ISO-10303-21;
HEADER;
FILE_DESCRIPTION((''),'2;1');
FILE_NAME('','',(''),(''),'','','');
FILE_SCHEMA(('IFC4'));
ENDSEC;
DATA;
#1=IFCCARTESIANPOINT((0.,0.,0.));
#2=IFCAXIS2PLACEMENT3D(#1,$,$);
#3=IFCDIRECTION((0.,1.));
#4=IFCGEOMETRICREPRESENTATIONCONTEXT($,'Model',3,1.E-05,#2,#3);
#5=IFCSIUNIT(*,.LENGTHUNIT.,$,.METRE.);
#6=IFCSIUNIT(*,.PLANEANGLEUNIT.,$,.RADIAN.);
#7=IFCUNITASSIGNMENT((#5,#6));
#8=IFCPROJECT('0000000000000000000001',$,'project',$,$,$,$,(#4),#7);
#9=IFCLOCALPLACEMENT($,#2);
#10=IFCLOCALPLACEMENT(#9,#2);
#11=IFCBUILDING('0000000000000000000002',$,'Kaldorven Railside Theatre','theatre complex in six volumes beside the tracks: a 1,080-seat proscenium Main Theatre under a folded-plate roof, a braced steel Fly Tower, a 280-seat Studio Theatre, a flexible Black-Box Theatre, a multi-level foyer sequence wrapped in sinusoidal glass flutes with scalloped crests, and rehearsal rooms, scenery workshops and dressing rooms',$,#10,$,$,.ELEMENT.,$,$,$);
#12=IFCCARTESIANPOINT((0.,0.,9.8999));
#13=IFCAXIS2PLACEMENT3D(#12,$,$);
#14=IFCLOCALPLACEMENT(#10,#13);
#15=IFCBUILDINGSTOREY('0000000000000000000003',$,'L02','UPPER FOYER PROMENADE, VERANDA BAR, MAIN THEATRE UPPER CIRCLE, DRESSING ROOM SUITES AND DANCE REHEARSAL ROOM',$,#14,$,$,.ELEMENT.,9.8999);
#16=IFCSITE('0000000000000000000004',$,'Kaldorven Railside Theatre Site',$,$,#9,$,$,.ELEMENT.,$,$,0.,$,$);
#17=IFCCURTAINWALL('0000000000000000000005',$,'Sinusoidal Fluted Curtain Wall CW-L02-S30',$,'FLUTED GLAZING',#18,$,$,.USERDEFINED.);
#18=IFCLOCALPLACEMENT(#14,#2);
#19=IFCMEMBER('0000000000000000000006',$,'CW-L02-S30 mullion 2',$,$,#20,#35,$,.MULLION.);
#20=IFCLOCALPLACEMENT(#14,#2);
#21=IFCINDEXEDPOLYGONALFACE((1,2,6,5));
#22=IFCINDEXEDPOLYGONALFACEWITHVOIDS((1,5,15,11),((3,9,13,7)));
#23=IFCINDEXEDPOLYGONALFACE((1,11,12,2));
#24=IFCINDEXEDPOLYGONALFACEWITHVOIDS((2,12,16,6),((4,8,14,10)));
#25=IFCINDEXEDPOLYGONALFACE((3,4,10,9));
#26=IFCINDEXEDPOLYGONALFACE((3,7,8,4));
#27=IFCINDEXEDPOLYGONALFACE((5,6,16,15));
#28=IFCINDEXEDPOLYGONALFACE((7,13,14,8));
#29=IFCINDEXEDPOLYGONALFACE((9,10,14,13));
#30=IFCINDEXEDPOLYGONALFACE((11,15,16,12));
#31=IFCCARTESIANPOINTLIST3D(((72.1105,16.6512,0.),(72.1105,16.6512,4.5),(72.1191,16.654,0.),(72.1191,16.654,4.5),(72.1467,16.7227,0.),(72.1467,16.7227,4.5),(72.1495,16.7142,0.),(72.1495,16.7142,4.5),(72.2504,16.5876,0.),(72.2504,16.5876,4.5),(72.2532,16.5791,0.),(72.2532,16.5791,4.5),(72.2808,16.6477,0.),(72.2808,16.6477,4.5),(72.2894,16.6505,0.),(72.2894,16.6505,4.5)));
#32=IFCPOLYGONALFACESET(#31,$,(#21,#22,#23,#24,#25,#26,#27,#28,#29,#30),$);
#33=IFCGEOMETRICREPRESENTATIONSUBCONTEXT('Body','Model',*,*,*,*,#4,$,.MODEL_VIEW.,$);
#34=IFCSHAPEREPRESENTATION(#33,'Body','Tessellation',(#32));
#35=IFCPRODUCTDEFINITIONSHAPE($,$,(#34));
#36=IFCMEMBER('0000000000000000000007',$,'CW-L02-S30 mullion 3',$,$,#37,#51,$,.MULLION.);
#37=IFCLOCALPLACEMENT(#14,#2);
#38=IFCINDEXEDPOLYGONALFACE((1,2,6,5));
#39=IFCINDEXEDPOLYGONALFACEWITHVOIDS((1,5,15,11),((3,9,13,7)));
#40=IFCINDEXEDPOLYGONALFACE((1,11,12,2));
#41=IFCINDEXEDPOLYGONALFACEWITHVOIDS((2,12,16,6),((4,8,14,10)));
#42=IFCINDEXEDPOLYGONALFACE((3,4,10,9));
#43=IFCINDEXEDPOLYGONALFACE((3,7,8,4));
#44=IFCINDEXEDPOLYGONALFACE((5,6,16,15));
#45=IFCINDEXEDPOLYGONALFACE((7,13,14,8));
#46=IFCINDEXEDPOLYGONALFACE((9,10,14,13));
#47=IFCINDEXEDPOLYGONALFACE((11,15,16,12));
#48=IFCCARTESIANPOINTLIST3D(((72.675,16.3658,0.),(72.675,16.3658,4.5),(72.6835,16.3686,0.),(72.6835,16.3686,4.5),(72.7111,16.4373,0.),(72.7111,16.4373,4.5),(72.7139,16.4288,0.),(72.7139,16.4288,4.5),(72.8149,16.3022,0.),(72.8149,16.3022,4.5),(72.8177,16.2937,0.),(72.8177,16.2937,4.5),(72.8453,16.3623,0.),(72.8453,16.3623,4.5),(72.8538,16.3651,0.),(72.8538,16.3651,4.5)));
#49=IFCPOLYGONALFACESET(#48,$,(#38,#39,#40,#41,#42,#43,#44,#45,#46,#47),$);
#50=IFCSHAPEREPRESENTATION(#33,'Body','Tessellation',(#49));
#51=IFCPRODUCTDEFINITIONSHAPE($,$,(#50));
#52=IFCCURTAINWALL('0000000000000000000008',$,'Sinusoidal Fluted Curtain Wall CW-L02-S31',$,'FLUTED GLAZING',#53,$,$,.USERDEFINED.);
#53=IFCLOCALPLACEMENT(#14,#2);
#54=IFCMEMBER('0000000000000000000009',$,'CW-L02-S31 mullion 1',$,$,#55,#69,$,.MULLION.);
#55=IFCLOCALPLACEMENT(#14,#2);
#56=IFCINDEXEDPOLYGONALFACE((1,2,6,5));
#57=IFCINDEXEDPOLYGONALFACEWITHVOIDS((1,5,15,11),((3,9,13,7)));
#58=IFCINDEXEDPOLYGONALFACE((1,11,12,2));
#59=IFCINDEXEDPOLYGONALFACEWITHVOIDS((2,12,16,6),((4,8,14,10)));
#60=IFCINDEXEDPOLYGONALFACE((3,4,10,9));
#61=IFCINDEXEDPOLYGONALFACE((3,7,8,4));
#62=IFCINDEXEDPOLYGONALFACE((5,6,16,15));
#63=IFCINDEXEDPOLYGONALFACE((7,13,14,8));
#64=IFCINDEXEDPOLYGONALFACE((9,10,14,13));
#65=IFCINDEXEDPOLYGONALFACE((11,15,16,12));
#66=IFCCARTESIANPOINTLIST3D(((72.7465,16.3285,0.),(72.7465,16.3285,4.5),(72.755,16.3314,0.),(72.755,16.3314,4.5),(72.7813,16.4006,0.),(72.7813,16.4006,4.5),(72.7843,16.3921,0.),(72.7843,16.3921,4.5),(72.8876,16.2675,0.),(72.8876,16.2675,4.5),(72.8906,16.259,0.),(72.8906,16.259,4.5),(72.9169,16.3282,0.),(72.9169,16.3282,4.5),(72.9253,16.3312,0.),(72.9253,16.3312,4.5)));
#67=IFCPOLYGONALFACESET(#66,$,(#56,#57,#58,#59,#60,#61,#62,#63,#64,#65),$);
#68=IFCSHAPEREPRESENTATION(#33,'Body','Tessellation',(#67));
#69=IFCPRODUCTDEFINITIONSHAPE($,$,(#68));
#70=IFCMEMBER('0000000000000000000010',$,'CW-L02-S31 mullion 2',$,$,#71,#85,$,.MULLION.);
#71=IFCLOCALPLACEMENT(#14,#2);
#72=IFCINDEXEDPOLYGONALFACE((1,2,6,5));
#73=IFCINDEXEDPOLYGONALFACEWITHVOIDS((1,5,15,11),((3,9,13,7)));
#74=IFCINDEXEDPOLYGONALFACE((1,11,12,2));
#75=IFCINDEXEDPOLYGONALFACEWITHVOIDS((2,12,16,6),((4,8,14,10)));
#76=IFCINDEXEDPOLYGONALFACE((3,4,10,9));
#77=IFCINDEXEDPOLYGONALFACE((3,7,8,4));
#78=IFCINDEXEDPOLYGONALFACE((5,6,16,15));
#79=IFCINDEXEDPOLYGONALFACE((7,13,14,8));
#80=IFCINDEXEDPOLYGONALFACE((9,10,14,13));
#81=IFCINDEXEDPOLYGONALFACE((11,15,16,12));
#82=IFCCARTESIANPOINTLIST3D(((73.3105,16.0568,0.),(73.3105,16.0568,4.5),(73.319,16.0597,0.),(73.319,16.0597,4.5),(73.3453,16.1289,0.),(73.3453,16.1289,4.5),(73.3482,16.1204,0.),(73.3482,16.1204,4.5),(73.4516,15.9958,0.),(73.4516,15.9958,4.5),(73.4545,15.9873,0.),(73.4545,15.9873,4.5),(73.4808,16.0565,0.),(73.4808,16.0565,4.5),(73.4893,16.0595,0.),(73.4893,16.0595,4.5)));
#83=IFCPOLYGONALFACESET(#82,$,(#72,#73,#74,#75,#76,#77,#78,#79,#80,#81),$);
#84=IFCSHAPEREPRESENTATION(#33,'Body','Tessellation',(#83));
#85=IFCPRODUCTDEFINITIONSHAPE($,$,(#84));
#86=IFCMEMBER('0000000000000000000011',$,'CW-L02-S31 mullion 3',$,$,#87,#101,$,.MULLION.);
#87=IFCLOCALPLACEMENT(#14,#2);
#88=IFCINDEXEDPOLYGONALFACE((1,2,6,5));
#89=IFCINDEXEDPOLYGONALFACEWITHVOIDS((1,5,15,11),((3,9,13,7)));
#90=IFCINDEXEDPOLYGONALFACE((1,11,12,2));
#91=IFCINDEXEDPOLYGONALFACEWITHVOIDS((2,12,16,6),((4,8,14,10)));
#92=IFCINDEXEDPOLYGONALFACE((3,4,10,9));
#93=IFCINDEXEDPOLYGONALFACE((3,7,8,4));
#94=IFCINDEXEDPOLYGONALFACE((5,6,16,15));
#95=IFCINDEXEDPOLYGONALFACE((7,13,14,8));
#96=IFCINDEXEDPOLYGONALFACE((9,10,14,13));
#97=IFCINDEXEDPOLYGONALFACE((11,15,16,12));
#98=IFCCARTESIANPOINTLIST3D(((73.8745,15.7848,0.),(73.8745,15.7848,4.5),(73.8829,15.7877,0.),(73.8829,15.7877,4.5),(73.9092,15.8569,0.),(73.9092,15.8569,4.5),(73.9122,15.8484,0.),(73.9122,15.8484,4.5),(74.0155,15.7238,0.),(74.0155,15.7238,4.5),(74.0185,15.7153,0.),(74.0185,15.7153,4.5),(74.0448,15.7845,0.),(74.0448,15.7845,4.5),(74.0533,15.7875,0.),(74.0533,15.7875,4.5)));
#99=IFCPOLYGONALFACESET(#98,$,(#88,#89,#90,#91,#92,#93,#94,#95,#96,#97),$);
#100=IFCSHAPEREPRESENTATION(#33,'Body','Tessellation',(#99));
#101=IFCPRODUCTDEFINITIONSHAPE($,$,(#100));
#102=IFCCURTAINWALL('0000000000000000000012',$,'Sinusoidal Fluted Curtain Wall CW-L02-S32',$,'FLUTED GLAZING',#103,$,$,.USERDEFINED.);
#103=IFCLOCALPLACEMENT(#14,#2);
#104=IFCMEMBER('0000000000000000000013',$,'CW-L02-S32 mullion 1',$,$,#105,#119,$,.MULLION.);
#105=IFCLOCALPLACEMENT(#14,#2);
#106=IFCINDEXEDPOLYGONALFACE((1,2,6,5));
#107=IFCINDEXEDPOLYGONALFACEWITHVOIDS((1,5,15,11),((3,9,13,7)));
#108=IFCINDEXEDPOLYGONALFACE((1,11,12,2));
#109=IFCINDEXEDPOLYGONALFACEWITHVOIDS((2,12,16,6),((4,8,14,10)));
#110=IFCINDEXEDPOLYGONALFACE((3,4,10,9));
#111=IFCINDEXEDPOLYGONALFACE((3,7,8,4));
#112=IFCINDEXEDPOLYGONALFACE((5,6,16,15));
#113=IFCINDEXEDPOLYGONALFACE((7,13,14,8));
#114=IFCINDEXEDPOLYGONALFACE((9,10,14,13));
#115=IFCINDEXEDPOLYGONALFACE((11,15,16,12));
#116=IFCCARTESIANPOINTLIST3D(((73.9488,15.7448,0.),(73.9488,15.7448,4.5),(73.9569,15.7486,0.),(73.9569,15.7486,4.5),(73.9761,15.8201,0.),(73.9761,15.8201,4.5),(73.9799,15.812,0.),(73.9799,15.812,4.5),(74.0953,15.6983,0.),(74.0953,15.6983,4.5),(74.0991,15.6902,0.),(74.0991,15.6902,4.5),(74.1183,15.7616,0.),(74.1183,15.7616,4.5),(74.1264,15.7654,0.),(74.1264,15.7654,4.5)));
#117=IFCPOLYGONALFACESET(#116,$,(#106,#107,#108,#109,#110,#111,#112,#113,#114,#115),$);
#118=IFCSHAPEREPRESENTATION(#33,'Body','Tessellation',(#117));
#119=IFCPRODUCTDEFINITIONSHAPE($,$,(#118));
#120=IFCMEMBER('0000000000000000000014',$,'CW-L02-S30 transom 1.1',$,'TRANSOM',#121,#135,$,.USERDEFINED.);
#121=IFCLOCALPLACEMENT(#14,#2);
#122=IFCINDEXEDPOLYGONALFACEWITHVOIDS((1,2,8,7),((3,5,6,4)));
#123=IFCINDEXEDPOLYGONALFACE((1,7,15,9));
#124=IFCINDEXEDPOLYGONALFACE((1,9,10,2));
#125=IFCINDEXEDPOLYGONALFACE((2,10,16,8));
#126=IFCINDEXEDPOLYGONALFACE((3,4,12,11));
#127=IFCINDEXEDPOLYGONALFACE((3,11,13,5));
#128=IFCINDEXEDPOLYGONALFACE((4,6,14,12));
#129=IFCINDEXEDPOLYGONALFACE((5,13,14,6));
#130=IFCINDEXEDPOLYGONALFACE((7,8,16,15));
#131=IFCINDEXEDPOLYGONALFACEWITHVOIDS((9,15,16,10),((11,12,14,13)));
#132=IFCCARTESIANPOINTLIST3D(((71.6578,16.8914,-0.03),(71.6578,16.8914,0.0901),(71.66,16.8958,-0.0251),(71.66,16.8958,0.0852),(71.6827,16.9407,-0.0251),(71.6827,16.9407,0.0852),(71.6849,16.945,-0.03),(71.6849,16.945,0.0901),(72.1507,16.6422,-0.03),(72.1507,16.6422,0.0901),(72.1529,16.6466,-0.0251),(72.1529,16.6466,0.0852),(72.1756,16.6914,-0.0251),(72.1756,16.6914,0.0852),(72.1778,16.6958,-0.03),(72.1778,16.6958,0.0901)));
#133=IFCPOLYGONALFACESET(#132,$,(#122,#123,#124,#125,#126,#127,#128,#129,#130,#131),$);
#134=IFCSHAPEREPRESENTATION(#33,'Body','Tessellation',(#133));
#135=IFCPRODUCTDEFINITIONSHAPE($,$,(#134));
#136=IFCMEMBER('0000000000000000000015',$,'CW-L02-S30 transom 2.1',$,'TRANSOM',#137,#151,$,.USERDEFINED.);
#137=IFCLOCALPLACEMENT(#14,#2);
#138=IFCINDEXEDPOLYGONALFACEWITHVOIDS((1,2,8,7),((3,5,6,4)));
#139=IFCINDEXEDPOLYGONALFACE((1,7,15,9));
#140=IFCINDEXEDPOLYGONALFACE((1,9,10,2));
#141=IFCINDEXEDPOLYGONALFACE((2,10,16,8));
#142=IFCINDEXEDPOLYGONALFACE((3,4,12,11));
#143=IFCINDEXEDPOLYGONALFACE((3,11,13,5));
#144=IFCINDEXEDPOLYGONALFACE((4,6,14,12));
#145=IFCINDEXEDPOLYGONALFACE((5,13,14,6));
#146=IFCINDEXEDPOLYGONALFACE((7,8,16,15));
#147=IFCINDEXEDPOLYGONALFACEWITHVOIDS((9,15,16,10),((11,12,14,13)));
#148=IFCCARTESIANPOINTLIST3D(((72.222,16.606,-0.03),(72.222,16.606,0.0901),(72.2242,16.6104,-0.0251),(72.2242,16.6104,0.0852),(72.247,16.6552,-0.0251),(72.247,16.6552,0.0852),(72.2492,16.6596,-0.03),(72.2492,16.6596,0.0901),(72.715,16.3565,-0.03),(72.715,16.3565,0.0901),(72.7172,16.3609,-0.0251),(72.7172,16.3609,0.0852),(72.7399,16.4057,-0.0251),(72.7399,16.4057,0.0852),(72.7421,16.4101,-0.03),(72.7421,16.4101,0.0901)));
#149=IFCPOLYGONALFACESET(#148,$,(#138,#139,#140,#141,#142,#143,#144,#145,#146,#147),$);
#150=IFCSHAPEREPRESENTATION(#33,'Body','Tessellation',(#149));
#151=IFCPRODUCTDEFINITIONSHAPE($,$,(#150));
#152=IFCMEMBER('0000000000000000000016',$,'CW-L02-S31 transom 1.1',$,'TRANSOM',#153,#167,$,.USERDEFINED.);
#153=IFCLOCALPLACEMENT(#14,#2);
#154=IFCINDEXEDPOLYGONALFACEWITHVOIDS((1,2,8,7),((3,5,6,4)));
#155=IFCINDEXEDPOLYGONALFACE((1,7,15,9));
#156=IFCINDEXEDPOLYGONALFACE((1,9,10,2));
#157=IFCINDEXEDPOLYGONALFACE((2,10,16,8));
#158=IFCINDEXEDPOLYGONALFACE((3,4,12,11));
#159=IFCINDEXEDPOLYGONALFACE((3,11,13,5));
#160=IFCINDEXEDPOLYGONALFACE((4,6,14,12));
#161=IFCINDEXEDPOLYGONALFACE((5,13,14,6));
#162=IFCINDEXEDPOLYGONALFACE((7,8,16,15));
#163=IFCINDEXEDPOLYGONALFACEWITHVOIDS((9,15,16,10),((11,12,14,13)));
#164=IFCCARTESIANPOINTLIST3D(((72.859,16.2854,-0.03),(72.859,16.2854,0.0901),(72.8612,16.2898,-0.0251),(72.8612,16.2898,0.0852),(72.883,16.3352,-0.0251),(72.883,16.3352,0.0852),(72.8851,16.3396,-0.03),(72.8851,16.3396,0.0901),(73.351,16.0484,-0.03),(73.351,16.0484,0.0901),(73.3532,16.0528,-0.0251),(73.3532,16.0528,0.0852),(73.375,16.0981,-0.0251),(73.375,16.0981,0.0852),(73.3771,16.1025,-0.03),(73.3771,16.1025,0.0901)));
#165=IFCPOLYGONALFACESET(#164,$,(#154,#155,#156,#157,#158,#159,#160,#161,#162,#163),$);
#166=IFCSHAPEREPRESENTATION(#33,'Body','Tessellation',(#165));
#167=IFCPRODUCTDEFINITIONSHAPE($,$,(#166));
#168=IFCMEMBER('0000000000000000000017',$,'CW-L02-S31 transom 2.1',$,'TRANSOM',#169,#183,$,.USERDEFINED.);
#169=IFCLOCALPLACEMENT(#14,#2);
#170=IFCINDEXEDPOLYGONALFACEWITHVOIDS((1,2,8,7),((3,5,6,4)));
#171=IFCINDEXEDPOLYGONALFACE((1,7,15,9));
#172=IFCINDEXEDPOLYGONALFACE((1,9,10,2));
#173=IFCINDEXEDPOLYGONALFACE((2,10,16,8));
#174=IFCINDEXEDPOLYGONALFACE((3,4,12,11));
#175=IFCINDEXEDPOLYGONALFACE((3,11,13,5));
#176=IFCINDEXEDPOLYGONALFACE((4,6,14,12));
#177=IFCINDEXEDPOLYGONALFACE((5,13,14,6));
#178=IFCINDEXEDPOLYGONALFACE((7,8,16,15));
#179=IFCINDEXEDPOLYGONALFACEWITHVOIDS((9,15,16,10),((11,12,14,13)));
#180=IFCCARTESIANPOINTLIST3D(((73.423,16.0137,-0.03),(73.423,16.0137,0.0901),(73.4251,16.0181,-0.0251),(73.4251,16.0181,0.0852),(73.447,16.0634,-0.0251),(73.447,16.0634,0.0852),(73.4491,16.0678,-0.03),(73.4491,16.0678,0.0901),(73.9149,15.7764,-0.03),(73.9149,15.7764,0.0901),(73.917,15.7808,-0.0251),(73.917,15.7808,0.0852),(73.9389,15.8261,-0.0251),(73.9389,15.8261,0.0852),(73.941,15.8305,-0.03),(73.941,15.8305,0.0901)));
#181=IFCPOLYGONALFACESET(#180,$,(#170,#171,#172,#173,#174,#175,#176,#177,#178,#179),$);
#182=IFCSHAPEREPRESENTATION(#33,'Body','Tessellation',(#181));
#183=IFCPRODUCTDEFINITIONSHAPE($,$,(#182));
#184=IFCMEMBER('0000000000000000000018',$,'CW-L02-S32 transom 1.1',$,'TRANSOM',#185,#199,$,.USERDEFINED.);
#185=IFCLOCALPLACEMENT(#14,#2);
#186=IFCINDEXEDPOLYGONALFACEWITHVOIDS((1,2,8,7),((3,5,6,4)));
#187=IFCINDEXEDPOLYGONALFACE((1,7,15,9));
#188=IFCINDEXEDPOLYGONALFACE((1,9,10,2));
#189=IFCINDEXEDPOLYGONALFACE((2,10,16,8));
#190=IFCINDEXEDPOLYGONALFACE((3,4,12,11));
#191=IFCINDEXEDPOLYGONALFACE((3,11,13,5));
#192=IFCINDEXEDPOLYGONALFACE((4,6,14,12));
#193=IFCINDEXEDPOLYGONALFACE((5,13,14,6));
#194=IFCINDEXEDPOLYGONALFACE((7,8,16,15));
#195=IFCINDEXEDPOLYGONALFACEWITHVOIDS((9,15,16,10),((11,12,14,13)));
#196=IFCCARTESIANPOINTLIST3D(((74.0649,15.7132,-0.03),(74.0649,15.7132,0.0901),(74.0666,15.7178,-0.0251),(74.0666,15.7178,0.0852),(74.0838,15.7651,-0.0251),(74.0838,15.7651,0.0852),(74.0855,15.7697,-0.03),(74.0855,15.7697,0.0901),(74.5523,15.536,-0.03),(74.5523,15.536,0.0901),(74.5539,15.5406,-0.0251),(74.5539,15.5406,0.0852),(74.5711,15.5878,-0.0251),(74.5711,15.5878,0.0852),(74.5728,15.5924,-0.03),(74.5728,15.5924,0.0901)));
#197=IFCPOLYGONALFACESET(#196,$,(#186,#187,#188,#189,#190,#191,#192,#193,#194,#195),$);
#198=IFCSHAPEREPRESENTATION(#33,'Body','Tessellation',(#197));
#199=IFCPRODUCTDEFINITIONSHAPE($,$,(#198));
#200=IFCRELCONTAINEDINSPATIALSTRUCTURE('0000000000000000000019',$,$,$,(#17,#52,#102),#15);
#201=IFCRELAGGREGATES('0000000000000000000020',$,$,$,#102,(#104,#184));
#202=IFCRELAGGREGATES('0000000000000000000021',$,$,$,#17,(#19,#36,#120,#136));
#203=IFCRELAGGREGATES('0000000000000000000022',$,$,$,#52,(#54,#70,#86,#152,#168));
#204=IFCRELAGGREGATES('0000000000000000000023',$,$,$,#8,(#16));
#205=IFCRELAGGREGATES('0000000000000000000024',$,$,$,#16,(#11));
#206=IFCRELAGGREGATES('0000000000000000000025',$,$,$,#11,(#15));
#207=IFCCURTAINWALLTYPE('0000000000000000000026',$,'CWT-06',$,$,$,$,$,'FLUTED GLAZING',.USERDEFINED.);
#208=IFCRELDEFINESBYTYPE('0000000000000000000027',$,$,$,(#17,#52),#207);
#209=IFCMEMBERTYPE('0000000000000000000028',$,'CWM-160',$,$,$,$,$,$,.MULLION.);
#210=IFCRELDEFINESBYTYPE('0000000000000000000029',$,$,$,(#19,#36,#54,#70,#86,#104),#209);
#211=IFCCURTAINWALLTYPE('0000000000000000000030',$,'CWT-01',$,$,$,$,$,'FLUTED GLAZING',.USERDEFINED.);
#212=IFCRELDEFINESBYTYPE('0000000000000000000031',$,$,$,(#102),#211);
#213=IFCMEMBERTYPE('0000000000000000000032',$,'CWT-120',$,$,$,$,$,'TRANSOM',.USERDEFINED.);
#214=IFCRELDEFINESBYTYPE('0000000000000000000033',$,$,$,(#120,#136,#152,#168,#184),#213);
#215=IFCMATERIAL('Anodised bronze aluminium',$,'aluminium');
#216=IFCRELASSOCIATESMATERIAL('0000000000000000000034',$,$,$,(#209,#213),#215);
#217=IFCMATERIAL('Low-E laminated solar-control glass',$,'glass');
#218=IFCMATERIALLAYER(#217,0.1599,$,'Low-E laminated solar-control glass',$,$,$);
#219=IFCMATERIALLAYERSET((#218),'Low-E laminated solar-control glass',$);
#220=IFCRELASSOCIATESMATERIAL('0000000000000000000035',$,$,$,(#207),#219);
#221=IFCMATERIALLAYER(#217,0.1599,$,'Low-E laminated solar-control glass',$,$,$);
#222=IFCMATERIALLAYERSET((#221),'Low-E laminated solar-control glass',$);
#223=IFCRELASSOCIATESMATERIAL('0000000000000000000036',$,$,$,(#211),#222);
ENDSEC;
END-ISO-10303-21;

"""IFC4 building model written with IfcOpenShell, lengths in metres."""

from ifc_helpers import new_model, si_unit, direction, frame, origin, origin_2d, place, context, subcontext, project, spatial, hollow_rectangle, extrude, material, layer, layer_set, material_profile, profile_set, type_object, element, aggregate, save


model = new_model("IFC4")

# Units and contexts
model_context = context("Model", 3, precision=1e-05, world=origin(), true_north=direction((0.0, 1.0)))
body_context = subcontext(model_context, "Body", "Model", "MODEL_VIEW")
ifc_project = project(units=[si_unit("LENGTHUNIT", "METRE"), si_unit("PLANEANGLEUNIT", "RADIAN")], contexts=[model_context])

# Site, building, storey
site_placement = place(None, origin())
site = spatial("IfcSite", under=ifc_project, at=site_placement, Name="Kaldorven Railside Theatre Site", CompositionType="ELEMENT", RefElevation=0.0)
building_placement = place(site_placement, origin())
building = spatial("IfcBuilding", under=site, at=building_placement, Name="Kaldorven Railside Theatre", Description="theatre complex in six volumes beside the tracks: a 1,080-seat proscenium Main Theatre under a folded-plate roof, a braced steel Fly Tower, a 280-seat Studio Theatre, a flexible Black-Box Theatre, a multi-level foyer sequence wrapped in sinusoidal glass flutes with scalloped crests, and rehearsal rooms, scenery workshops and dressing rooms", CompositionType="ELEMENT")
storey_placement = place(building_placement, frame((0.0, 0.0, 9.8999)))
storey = spatial("IfcBuildingStorey", under=building, at=storey_placement, Name="L02", Description="UPPER FOYER PROMENADE, VERANDA BAR, MAIN THEATRE UPPER CIRCLE, DRESSING ROOM SUITES AND DANCE REHEARSAL ROOM", CompositionType="ELEMENT", Elevation=9.8999)

# Shared definitions
ifc_material_1 = material(Name="Low-E laminated solar-control glass", Category="glass")
ifc_material_2 = material(Name="Anodised bronze aluminium", Category="aluminium")
ifc_material_profile_1 = material_profile(ifc_material_2, hollow_rectangle(XDim=0.0801, YDim=0.1599, WallThickness=0.0063, at=origin_2d()), Name="RHS 160x80x6.3")
ifc_profile_set_1 = profile_set([ifc_material_profile_1], Name="Anodised bronze aluminium")
member_type_1 = type_object("IfcMemberType", Name="CWM-160", PredefinedType="MULLION", material=ifc_profile_set_1)

# Curtain walls, members
ifc_layer_1 = layer(ifc_material_1, 0.1599, Name="Low-E laminated solar-control glass")
ifc_layer_set_1 = layer_set([ifc_layer_1], Name="Low-E laminated solar-control glass")
curtain_wall_type_1 = type_object("IfcCurtainWallType", Name="CWT-06", ElementType="FLUTED GLAZING", PredefinedType="USERDEFINED", material=ifc_layer_set_1)
curtain_wall_1_placement = place(storey_placement, origin())
curtain_wall_1 = element("IfcCurtainWall", 1, at=curtain_wall_1_placement, inside=storey, type_object=curtain_wall_type_1, Name="Sinusoidal Fluted Curtain Wall CW-L02-S30", ObjectType="FLUTED GLAZING", PredefinedType="USERDEFINED")
member_1_placement = place(storey_placement, frame((72.2, 16.6509, 0.0), z_axis=(0.0, 0.0, 1.0), x_axis=(0.451432, 0.892305, 0.0)))
member_1 = element("IfcMember", 2, at=member_1_placement, type_object=member_type_1, Name="CW-L02-S30 mullion 2", PredefinedType="MULLION", context=body_context, shape_type="SweptSolid", body=[
    extrude(hollow_rectangle(XDim=0.0801, YDim=0.1599, WallThickness=0.0063, at=origin_2d()), origin(), (0.0, 0.0, 1.0), 4.5),
])
member_2_placement = place(storey_placement, frame((72.7644, 16.3655, 0.0), z_axis=(0.0, 0.0, 1.0), x_axis=(0.451432, 0.892305, 0.0)))
member_2 = element("IfcMember", 3, at=member_2_placement, type_object=member_type_1, Name="CW-L02-S30 mullion 3", PredefinedType="MULLION", context=body_context, shape_type="SweptSolid", body=[
    extrude(hollow_rectangle(XDim=0.0801, YDim=0.1599, WallThickness=0.0063, at=origin_2d()), origin(), (0.0, 0.0, 1.0), 4.5),
])
curtain_wall_2_placement = place(storey_placement, origin())
curtain_wall_2 = element("IfcCurtainWall", 4, at=curtain_wall_2_placement, inside=storey, type_object=curtain_wall_type_1, Name="Sinusoidal Fluted Curtain Wall CW-L02-S31", ObjectType="FLUTED GLAZING", PredefinedType="USERDEFINED")
member_3_placement = place(storey_placement, frame((72.8359, 16.3298, 0.0), z_axis=(0.0, 0.0, 1.0), x_axis=(0.434256, 0.90079, 0.0)))
member_3 = element("IfcMember", 5, at=member_3_placement, type_object=member_type_1, Name="CW-L02-S31 mullion 1", PredefinedType="MULLION", context=body_context, shape_type="SweptSolid", body=[
    extrude(hollow_rectangle(XDim=0.0801, YDim=0.1599, WallThickness=0.0063, at=origin_2d()), origin(), (0.0, 0.0, 1.0), 4.5),
])
member_4_placement = place(storey_placement, frame((73.3999, 16.0581, 0.0), z_axis=(0.0, 0.0, 1.0), x_axis=(0.434256, 0.90079, 0.0)))
member_4 = element("IfcMember", 6, at=member_4_placement, type_object=member_type_1, Name="CW-L02-S31 mullion 2", PredefinedType="MULLION", context=body_context, shape_type="SweptSolid", body=[
    extrude(hollow_rectangle(XDim=0.0801, YDim=0.1599, WallThickness=0.0063, at=origin_2d()), origin(), (0.0, 0.0, 1.0), 4.5),
])
member_5_placement = place(storey_placement, frame((73.9639, 15.7861, 0.0), z_axis=(0.0, 0.0, 1.0), x_axis=(0.434256, 0.90079, 0.0)))
member_5 = element("IfcMember", 7, at=member_5_placement, type_object=member_type_1, Name="CW-L02-S31 mullion 3", PredefinedType="MULLION", context=body_context, shape_type="SweptSolid", body=[
    extrude(hollow_rectangle(XDim=0.0801, YDim=0.1599, WallThickness=0.0063, at=origin_2d()), origin(), (0.0, 0.0, 1.0), 4.5),
])

# Curtain wall, member
ifc_layer_2 = layer(ifc_material_1, 0.1599, Name="Low-E laminated solar-control glass")
ifc_layer_set_2 = layer_set([ifc_layer_2], Name="Low-E laminated solar-control glass")
curtain_wall_type_2 = type_object("IfcCurtainWallType", Name="CWT-01", ElementType="FLUTED GLAZING", PredefinedType="USERDEFINED", material=ifc_layer_set_2)
curtain_wall_3_placement = place(storey_placement, origin())
curtain_wall_3 = element("IfcCurtainWall", 8, at=curtain_wall_3_placement, inside=storey, type_object=curtain_wall_type_2, Name="Sinusoidal Fluted Curtain Wall CW-L02-S32", ObjectType="FLUTED GLAZING", PredefinedType="USERDEFINED")
member_6_placement = place(storey_placement, frame((74.0376, 15.7551, 0.0), z_axis=(0.0, 0.0, 1.0), x_axis=(0.341837, 0.939759, 0.0)))
member_6 = element("IfcMember", 9, at=member_6_placement, type_object=member_type_1, Name="CW-L02-S32 mullion 1", PredefinedType="MULLION", context=body_context, shape_type="SweptSolid", body=[
    extrude(hollow_rectangle(XDim=0.0801, YDim=0.1599, WallThickness=0.0063, at=origin_2d()), origin(), (0.0, 0.0, 1.0), 4.5),
])

# Members
ifc_material_profile_2 = material_profile(ifc_material_2, hollow_rectangle(XDim=0.0601, YDim=0.1201, WallThickness=0.0049, at=origin_2d()), Name="RHS 120x60x5")
ifc_profile_set_2 = profile_set([ifc_material_profile_2], Name="Anodised bronze aluminium")
member_type_2 = type_object("IfcMemberType", Name="CWT-120", ElementType="TRANSOM", PredefinedType="USERDEFINED", material=ifc_profile_set_2)
member_7_placement = place(storey_placement, frame((71.6714, 16.9182, 0.03), z_axis=(0.892385, -0.451275, 0.0), x_axis=(0.451275, 0.892385, 0.0)))
member_7 = element("IfcMember", 10, at=member_7_placement, type_object=member_type_2, Name="CW-L02-S30 transom 1.1", ObjectType="TRANSOM", PredefinedType="USERDEFINED", context=body_context, shape_type="SweptSolid", body=[
    extrude(hollow_rectangle(XDim=0.0601, YDim=0.1201, WallThickness=0.0049, at=origin_2d()), origin(), (0.0, 0.0, 1.0), 0.5522),
])
member_8_placement = place(storey_placement, frame((72.2356, 16.6328, 0.03), z_axis=(0.892207, -0.451627, 0.0), x_axis=(0.451627, 0.892207, 0.0)))
member_8 = element("IfcMember", 11, at=member_8_placement, type_object=member_type_2, Name="CW-L02-S30 transom 2.1", ObjectType="TRANSOM", PredefinedType="USERDEFINED", context=body_context, shape_type="SweptSolid", body=[
    extrude(hollow_rectangle(XDim=0.0601, YDim=0.1201, WallThickness=0.0049, at=origin_2d()), origin(), (0.0, 0.0, 1.0), 0.5525),
])
member_9_placement = place(storey_placement, frame((72.8721, 16.3125, 0.03), z_axis=(0.900859, -0.434111, 0.0), x_axis=(0.434111, 0.900859, 0.0)))
member_9 = element("IfcMember", 12, at=member_9_placement, type_object=member_type_2, Name="CW-L02-S31 transom 1.1", ObjectType="TRANSOM", PredefinedType="USERDEFINED", context=body_context, shape_type="SweptSolid", body=[
    extrude(hollow_rectangle(XDim=0.0601, YDim=0.1201, WallThickness=0.0049, at=origin_2d()), origin(), (0.0, 0.0, 1.0), 0.5461),
])
member_10_placement = place(storey_placement, frame((73.436, 16.0408, 0.03), z_axis=(0.900684, -0.434474, 0.0), x_axis=(0.434474, 0.900684, 0.0)))
member_10 = element("IfcMember", 13, at=member_10_placement, type_object=member_type_2, Name="CW-L02-S31 transom 2.1", ObjectType="TRANSOM", PredefinedType="USERDEFINED", context=body_context, shape_type="SweptSolid", body=[
    extrude(hollow_rectangle(XDim=0.0601, YDim=0.1201, WallThickness=0.0049, at=origin_2d()), origin(), (0.0, 0.0, 1.0), 0.5461),
])
member_11_placement = place(storey_placement, frame((74.0752, 15.7415, 0.03), z_axis=(0.939766, -0.341819, 0.0), x_axis=(0.341819, 0.939766, 0.0)))
member_11 = element("IfcMember", 14, at=member_11_placement, type_object=member_type_2, Name="CW-L02-S32 transom 1.1", ObjectType="TRANSOM", PredefinedType="USERDEFINED", context=body_context, shape_type="SweptSolid", body=[
    extrude(hollow_rectangle(XDim=0.0601, YDim=0.1201, WallThickness=0.0049, at=origin_2d()), origin(), (0.0, 0.0, 1.0), 0.5186),
])
aggregate(curtain_wall_3, [member_6, member_11])

aggregate(curtain_wall_1, [member_1, member_2, member_7, member_8])
aggregate(curtain_wall_2, [member_3, member_4, member_5, member_9, member_10])

save(model, "model.ifc")
